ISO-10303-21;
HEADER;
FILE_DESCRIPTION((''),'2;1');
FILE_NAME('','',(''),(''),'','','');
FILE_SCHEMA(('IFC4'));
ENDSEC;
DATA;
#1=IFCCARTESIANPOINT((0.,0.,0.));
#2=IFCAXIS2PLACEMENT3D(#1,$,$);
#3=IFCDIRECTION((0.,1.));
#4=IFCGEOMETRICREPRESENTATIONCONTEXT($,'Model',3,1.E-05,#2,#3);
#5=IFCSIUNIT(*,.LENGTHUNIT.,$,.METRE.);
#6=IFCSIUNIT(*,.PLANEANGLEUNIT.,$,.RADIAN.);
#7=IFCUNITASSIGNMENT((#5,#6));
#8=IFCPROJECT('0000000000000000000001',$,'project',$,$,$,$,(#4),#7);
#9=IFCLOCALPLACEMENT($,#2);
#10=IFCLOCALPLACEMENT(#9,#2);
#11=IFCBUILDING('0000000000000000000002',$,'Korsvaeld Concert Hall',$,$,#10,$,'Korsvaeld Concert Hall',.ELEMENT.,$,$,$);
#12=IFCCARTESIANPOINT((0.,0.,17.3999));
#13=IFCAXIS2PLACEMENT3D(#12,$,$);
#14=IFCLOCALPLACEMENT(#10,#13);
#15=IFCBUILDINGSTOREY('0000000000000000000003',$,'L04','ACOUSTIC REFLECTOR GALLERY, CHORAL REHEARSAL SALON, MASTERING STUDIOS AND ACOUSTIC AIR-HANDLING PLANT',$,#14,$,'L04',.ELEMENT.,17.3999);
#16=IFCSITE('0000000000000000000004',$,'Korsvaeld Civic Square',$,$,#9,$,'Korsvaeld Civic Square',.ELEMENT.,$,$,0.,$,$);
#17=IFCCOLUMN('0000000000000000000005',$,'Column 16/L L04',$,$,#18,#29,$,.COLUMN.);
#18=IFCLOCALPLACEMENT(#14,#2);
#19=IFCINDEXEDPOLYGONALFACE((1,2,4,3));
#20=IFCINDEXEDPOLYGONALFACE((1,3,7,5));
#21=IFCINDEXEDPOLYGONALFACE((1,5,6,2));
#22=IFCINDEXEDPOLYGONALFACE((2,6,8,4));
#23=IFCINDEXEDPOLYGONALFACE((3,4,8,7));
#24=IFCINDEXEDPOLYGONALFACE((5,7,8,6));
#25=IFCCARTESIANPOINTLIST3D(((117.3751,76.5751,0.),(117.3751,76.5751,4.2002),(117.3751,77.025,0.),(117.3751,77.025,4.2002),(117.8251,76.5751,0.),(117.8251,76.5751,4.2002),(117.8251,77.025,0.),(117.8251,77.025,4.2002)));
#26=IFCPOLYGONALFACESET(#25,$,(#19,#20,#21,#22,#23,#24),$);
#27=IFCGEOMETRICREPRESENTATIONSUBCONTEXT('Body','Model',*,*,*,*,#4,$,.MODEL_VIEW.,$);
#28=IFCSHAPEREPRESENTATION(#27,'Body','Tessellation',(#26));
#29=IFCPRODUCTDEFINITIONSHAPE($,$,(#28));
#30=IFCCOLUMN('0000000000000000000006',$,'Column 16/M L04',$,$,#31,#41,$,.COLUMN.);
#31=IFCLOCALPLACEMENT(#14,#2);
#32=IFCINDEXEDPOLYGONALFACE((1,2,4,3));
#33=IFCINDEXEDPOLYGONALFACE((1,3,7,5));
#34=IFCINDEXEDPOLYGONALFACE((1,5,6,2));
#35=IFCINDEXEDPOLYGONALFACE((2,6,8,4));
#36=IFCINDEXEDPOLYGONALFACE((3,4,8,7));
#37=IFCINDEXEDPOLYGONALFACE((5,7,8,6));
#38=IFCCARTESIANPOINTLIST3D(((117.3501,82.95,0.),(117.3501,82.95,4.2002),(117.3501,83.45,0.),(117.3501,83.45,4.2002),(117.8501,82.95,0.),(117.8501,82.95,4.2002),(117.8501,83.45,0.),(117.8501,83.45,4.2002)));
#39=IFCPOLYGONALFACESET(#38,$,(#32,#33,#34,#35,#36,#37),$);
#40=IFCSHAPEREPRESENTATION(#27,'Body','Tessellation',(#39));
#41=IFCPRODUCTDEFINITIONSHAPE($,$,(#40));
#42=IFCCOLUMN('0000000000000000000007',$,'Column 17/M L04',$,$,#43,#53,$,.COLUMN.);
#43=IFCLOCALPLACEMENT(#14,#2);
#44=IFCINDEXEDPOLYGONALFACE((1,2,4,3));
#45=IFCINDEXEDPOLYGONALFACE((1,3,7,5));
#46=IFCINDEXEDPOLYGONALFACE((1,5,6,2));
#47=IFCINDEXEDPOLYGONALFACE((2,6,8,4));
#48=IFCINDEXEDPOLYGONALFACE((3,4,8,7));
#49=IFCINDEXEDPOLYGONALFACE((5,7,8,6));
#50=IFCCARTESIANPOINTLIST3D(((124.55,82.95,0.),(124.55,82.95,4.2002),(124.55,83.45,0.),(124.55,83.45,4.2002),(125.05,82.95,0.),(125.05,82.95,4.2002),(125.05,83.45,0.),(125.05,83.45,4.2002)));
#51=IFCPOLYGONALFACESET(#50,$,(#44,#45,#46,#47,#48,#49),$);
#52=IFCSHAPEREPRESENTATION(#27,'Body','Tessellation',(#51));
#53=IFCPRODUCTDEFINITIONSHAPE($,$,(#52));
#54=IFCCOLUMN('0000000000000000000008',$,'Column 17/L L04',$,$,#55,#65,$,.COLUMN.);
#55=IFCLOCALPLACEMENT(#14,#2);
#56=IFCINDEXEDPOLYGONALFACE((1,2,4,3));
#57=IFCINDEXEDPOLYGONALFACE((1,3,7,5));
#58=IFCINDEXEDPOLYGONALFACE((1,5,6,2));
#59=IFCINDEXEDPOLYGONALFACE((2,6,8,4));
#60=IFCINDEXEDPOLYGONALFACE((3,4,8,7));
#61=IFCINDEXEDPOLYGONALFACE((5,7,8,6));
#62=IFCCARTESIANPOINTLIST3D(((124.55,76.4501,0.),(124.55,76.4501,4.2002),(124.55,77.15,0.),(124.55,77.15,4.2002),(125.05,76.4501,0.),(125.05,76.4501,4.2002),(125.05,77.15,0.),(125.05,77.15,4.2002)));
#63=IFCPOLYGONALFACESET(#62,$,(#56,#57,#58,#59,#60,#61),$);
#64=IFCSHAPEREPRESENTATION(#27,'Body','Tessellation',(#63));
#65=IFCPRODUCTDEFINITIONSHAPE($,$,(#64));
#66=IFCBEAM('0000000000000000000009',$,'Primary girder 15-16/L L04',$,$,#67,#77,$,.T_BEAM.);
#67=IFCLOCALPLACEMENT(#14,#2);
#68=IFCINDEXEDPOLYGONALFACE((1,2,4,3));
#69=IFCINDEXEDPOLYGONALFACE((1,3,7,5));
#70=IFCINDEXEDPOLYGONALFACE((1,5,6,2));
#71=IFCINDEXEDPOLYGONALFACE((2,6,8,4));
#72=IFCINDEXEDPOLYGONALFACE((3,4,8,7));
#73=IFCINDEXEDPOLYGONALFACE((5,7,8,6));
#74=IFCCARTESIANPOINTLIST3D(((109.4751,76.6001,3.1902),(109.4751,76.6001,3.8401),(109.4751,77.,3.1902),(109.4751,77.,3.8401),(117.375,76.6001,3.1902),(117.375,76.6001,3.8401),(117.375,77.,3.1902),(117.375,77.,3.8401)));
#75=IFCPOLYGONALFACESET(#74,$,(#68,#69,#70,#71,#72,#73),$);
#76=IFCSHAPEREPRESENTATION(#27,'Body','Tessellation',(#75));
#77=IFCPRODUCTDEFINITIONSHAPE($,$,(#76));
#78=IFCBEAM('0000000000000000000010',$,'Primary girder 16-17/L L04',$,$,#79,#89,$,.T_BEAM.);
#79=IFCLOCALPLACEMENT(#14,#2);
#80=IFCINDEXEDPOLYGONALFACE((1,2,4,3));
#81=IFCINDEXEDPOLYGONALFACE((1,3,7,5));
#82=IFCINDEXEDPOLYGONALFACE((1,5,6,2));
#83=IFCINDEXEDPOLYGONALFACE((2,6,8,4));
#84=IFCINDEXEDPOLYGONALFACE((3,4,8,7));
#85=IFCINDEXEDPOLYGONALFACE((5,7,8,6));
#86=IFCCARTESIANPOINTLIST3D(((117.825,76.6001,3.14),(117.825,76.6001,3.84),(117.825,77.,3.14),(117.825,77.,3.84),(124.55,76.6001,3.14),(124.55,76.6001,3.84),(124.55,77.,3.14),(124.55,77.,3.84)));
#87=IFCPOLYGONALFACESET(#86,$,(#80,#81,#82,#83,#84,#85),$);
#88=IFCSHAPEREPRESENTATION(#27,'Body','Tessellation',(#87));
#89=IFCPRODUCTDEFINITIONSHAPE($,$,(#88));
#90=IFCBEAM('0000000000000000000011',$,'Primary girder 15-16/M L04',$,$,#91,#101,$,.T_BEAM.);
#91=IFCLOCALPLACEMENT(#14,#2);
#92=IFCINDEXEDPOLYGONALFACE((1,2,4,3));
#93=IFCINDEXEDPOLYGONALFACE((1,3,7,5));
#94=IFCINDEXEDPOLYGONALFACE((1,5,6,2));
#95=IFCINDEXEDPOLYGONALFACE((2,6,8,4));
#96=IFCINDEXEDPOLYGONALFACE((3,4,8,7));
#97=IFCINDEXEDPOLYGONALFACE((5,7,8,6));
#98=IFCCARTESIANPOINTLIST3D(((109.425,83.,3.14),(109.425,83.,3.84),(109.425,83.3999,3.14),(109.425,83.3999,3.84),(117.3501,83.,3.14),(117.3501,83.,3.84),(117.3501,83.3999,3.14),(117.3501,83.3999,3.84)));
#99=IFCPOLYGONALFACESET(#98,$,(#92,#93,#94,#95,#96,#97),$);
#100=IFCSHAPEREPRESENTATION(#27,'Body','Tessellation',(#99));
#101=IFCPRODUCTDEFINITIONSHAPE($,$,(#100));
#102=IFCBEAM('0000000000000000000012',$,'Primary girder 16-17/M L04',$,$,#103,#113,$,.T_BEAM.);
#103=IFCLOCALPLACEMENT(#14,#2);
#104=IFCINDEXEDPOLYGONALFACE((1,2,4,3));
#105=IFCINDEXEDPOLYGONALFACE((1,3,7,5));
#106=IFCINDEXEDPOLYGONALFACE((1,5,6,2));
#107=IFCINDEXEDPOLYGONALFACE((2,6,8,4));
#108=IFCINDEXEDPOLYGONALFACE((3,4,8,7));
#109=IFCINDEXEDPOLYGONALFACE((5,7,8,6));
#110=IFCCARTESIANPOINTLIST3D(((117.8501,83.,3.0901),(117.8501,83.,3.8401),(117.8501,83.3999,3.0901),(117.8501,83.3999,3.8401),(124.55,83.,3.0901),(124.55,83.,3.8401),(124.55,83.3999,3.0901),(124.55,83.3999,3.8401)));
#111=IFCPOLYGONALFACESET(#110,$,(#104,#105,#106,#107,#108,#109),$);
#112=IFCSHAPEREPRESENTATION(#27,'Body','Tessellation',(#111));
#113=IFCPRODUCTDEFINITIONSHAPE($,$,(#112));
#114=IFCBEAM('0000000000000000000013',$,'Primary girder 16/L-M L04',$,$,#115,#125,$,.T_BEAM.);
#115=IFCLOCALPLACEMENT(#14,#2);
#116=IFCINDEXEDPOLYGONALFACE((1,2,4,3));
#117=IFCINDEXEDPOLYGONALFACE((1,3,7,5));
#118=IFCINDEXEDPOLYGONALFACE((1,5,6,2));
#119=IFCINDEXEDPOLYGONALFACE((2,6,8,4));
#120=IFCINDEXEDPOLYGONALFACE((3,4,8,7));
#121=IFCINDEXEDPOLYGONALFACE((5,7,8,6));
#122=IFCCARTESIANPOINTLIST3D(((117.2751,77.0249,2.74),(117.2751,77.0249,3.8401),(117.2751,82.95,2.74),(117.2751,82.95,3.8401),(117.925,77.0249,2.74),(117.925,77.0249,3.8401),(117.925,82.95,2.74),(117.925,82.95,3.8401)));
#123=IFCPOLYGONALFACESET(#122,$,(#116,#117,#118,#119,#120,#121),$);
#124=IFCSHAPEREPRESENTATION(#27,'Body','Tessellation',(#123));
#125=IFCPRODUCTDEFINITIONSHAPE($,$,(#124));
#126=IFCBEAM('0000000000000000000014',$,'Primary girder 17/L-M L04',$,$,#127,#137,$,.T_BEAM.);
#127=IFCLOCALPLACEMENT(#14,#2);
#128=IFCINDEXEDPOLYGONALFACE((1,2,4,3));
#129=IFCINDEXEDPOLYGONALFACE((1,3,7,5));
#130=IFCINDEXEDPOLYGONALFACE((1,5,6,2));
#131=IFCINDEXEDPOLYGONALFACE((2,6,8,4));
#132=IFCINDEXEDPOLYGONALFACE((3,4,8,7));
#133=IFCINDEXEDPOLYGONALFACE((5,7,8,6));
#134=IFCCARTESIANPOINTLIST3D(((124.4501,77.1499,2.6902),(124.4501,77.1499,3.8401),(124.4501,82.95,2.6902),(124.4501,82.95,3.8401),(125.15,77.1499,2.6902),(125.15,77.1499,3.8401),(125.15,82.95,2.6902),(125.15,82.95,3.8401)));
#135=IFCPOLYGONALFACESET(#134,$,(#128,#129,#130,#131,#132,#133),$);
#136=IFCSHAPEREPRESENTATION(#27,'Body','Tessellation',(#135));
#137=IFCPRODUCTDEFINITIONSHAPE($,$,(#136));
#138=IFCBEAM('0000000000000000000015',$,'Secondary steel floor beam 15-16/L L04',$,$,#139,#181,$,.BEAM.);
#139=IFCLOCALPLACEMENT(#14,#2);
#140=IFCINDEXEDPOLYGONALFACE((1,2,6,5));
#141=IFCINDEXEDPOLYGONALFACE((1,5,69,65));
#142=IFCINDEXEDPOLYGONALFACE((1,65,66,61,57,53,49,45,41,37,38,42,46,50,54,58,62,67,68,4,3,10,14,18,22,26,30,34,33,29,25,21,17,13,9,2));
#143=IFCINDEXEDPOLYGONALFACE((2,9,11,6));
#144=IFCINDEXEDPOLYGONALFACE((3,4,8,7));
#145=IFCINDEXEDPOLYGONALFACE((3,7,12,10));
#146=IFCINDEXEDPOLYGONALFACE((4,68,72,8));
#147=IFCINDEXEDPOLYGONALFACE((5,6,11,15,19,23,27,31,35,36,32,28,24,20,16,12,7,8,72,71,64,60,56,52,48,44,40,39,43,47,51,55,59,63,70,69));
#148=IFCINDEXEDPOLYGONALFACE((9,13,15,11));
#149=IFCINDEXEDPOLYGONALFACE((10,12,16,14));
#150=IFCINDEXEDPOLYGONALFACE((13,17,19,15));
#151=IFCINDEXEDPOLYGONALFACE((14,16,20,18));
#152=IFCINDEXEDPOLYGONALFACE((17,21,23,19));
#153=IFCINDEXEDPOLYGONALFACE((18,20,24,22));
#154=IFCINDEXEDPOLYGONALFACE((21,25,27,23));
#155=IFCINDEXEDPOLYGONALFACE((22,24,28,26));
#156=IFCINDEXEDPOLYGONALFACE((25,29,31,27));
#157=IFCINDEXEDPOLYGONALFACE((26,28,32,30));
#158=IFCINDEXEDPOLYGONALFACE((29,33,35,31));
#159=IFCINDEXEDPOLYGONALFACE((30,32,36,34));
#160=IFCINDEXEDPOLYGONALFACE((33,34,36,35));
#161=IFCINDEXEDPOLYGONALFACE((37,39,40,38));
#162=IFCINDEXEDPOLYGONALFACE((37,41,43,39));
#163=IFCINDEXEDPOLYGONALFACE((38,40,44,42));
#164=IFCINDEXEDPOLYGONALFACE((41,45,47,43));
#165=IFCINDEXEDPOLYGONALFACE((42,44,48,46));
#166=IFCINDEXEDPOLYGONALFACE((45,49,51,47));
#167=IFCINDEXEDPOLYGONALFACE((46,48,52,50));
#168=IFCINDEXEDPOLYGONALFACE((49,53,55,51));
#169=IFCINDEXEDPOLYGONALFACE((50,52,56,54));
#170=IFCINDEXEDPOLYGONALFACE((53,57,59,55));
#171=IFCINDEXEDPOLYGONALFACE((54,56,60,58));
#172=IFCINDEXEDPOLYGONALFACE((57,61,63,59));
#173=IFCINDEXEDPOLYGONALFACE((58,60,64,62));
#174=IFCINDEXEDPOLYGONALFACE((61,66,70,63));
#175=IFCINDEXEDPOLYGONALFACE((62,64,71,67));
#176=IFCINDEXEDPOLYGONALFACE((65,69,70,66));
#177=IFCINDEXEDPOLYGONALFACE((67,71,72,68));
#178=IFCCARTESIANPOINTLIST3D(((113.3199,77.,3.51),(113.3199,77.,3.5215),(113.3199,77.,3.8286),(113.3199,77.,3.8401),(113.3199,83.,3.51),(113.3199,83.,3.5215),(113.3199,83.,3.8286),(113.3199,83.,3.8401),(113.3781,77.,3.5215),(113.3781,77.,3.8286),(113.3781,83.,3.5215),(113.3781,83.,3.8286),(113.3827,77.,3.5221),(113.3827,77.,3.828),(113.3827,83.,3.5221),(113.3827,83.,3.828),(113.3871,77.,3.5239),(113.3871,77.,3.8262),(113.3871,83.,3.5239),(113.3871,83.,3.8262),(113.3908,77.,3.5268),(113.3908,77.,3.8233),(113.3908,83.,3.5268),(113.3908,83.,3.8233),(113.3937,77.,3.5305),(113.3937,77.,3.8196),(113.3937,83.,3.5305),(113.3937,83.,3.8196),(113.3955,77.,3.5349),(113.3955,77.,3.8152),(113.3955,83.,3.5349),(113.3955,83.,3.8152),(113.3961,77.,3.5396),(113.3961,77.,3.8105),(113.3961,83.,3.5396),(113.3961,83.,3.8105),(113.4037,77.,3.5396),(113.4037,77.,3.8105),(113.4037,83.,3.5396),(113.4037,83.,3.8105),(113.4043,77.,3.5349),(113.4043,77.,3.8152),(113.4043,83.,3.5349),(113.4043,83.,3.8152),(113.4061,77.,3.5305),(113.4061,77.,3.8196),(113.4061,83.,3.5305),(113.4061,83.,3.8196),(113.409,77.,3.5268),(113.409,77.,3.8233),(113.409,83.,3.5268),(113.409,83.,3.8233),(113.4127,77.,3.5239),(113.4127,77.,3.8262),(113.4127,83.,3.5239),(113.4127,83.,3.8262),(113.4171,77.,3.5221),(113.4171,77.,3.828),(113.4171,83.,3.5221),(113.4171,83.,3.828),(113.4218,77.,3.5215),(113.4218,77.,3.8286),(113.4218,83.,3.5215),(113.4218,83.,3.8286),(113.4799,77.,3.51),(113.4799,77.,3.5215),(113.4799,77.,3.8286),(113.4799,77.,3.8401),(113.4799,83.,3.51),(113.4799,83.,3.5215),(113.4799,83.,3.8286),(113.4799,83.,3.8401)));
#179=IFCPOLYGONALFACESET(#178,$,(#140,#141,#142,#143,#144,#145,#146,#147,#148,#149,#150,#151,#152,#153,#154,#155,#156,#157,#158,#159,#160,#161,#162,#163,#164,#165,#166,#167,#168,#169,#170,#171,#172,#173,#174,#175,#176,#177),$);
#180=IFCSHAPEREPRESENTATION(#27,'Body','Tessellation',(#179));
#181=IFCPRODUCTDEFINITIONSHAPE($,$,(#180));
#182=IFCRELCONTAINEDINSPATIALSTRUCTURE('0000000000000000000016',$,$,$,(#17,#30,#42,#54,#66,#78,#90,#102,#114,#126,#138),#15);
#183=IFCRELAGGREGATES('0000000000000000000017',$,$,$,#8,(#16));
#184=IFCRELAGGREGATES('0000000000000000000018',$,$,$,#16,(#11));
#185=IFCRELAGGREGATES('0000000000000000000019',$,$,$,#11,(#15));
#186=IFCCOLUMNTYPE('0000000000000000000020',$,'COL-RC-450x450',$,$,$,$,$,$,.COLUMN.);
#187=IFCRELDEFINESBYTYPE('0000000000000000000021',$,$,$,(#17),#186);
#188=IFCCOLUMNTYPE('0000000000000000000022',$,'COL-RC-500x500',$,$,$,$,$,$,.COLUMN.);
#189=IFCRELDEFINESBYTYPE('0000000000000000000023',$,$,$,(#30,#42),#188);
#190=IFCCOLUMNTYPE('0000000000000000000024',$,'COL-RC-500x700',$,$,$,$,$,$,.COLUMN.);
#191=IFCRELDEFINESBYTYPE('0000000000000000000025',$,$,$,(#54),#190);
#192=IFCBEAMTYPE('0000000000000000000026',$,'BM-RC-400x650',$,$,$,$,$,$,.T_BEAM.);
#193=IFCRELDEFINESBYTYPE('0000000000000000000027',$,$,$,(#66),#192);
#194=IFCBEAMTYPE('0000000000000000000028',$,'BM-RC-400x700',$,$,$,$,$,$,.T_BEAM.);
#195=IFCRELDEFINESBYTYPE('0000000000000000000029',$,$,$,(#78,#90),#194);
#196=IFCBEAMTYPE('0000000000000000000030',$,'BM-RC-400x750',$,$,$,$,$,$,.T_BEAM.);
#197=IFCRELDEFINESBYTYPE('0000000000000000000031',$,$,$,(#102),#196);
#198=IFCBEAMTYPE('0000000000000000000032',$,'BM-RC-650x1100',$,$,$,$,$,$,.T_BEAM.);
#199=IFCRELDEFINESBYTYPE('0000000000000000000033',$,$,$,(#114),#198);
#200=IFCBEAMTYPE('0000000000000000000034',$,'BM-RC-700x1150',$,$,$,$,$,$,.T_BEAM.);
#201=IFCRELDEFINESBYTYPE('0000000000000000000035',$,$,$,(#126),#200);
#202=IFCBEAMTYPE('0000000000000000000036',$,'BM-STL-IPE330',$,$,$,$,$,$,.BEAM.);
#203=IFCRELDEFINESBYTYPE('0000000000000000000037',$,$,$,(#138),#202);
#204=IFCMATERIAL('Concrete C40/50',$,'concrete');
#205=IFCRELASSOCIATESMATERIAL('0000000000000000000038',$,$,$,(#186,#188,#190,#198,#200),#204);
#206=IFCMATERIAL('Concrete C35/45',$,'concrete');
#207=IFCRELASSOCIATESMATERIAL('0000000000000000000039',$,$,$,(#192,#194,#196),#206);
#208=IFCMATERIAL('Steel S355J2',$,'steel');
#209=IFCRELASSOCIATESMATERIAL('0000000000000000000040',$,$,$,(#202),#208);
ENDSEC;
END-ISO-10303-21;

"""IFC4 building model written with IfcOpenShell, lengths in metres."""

from ifc_helpers import new_model, si_unit, direction, frame, origin, origin_2d, place, context, subcontext, project, spatial, rectangle, i_section, extrude, material, material_profile, profile_set, type_object, element, save


model = new_model("IFC4")

# Units and contexts
model_context = context("Model", 3, precision=1e-05, world=origin(), true_north=direction((0.0, 1.0)))
body_context = subcontext(model_context, "Body", "Model", "MODEL_VIEW")
ifc_project = project(units=[si_unit("LENGTHUNIT", "METRE"), si_unit("PLANEANGLEUNIT", "RADIAN")], contexts=[model_context])

# Site, building, storey
site_placement = place(None, origin())
site = spatial("IfcSite", under=ifc_project, at=site_placement, Name="Korsvaeld Civic Square", LongName="Korsvaeld Civic Square", CompositionType="ELEMENT", RefElevation=0.0)
building_placement = place(site_placement, origin())
building = spatial("IfcBuilding", under=site, at=building_placement, Name="Korsvaeld Concert Hall", LongName="Korsvaeld Concert Hall", CompositionType="ELEMENT")
storey_placement = place(building_placement, frame((0.0, 0.0, 17.3999)))
storey = spatial("IfcBuildingStorey", under=building, at=storey_placement, Name="L04", Description="ACOUSTIC REFLECTOR GALLERY, CHORAL REHEARSAL SALON, MASTERING STUDIOS AND ACOUSTIC AIR-HANDLING PLANT", LongName="L04", CompositionType="ELEMENT", Elevation=17.3999)

# Columns
ifc_material_1 = material(Name="Concrete C40/50", Category="concrete")
ifc_material_profile_1 = material_profile(ifc_material_1, rectangle(XDim=0.45, YDim=0.45, at=origin_2d()), Name="RC 450x450")
ifc_profile_set_1 = profile_set([ifc_material_profile_1], Name="Concrete C40/50")
column_type_1 = type_object("IfcColumnType", Name="COL-RC-450x450", PredefinedType="COLUMN", material=ifc_profile_set_1)
column_1_placement = place(storey_placement, frame((117.6001, 76.8, 0.0), z_axis=(0.0, 0.0, 1.0), x_axis=(1.0, 0.0, 0.0)))
element("IfcColumn", 1, at=column_1_placement, inside=storey, type_object=column_type_1, Name="Column 16/L L04", PredefinedType="COLUMN", context=body_context, shape_type="SweptSolid", body=[
    extrude(rectangle(XDim=0.45, YDim=0.45, at=origin_2d()), origin(), (0.0, 0.0, 1.0), 4.2002),
])
ifc_material_profile_2 = material_profile(ifc_material_1, rectangle(XDim=0.5, YDim=0.5, at=origin_2d()), Name="RC 500x500")
ifc_profile_set_2 = profile_set([ifc_material_profile_2], Name="Concrete C40/50")
column_type_2 = type_object("IfcColumnType", Name="COL-RC-500x500", PredefinedType="COLUMN", material=ifc_profile_set_2)
for number, where, z_axis, x_axis, name in (
    (2, (117.6001, 83.2, 0.0), (0.0, 0.0, 1.0), (1.0, 0.0, 0.0), "Column 16/M L04"),
    (3, (124.8, 83.2, 0.0), (0.0, 0.0, 1.0), (1.0, 0.0, 0.0), "Column 17/M L04"),
):
    element("IfcColumn", number, at=place(storey_placement, frame(where, z_axis=z_axis, x_axis=x_axis)), inside=storey, type_object=column_type_2, Name=name, PredefinedType="COLUMN", context=body_context, shape_type="SweptSolid", body=[
        extrude(rectangle(XDim=0.5, YDim=0.5, at=origin_2d()), origin(), (0.0, 0.0, 1.0), 4.2002),
    ])
ifc_material_profile_3 = material_profile(ifc_material_1, rectangle(XDim=0.5, YDim=0.7, at=origin_2d()), Name="RC 500x700")
ifc_profile_set_3 = profile_set([ifc_material_profile_3], Name="Concrete C40/50")
column_type_3 = type_object("IfcColumnType", Name="COL-RC-500x700", PredefinedType="COLUMN", material=ifc_profile_set_3)
column_2_placement = place(storey_placement, frame((124.8, 76.8, 0.0), z_axis=(0.0, 0.0, 1.0), x_axis=(1.0, 0.0, 0.0)))
element("IfcColumn", 4, at=column_2_placement, inside=storey, type_object=column_type_3, Name="Column 17/L L04", PredefinedType="COLUMN", context=body_context, shape_type="SweptSolid", body=[
    extrude(rectangle(XDim=0.5, YDim=0.7, at=origin_2d()), origin(), (0.0, 0.0, 1.0), 4.2002),
])

# Beams
ifc_material_2 = material(Name="Concrete C35/45", Category="concrete")
ifc_material_profile_4 = material_profile(ifc_material_2, rectangle(XDim=0.3999, YDim=0.6499, at=origin_2d()), Name="RC 400x650")
ifc_profile_set_4 = profile_set([ifc_material_profile_4], Name="Concrete C35/45")
beam_type_1 = type_object("IfcBeamType", Name="BM-RC-400x650", PredefinedType="T_BEAM", material=ifc_profile_set_4)
beam_1_placement = place(storey_placement, frame((109.4751, 76.8, 3.5151), z_axis=(1.0, 0.0, 0.0), x_axis=(0.0, 1.0, 0.0)))
element("IfcBeam", 5, at=beam_1_placement, inside=storey, type_object=beam_type_1, Name="Primary girder 15-16/L L04", PredefinedType="T_BEAM", context=body_context, shape_type="SweptSolid", body=[
    extrude(rectangle(XDim=0.3999, YDim=0.6499, at=origin_2d()), origin(), (0.0, 0.0, 1.0), 7.8999),
])
ifc_material_profile_5 = material_profile(ifc_material_2, rectangle(XDim=0.3999, YDim=0.7, at=origin_2d()), Name="RC 400x700")
ifc_profile_set_5 = profile_set([ifc_material_profile_5], Name="Concrete C35/45")
beam_type_2 = type_object("IfcBeamType", Name="BM-RC-400x700", PredefinedType="T_BEAM", material=ifc_profile_set_5)
beam_2_placement = place(storey_placement, frame((117.825, 76.8, 3.49), z_axis=(1.0, 0.0, 0.0), x_axis=(0.0, 1.0, 0.0)))
element("IfcBeam", 6, at=beam_2_placement, inside=storey, type_object=beam_type_2, Name="Primary girder 16-17/L L04", PredefinedType="T_BEAM", context=body_context, shape_type="SweptSolid", body=[
    extrude(rectangle(XDim=0.3999, YDim=0.7, at=origin_2d()), origin(), (0.0, 0.0, 1.0), 6.7251),
])
beam_3_placement = place(storey_placement, frame((109.425, 83.2, 3.49), z_axis=(1.0, 0.0, 0.0), x_axis=(0.0, 1.0, 0.0)))
element("IfcBeam", 7, at=beam_3_placement, inside=storey, type_object=beam_type_2, Name="Primary girder 15-16/M L04", PredefinedType="T_BEAM", context=body_context, shape_type="SweptSolid", body=[
    extrude(rectangle(XDim=0.3999, YDim=0.7, at=origin_2d()), origin(), (0.0, 0.0, 1.0), 7.925),
])
ifc_material_profile_6 = material_profile(ifc_material_2, rectangle(XDim=0.3999, YDim=0.75, at=origin_2d()), Name="RC 400x750")
ifc_profile_set_6 = profile_set([ifc_material_profile_6], Name="Concrete C35/45")
beam_type_3 = type_object("IfcBeamType", Name="BM-RC-400x750", PredefinedType="T_BEAM", material=ifc_profile_set_6)
beam_4_placement = place(storey_placement, frame((117.8501, 83.2, 3.4651), z_axis=(1.0, 0.0, 0.0), x_axis=(0.0, 1.0, 0.0)))
element("IfcBeam", 8, at=beam_4_placement, inside=storey, type_object=beam_type_3, Name="Primary girder 16-17/M L04", PredefinedType="T_BEAM", context=body_context, shape_type="SweptSolid", body=[
    extrude(rectangle(XDim=0.3999, YDim=0.75, at=origin_2d()), origin(), (0.0, 0.0, 1.0), 6.7),
])
ifc_material_profile_7 = material_profile(ifc_material_1, rectangle(XDim=0.6499, YDim=1.1001, at=origin_2d()), Name="RC 650x1100")
ifc_profile_set_7 = profile_set([ifc_material_profile_7], Name="Concrete C40/50")
beam_type_4 = type_object("IfcBeamType", Name="BM-RC-650x1100", PredefinedType="T_BEAM", material=ifc_profile_set_7)
beam_5_placement = place(storey_placement, frame((117.6001, 77.0249, 3.29), z_axis=(0.0, 1.0, 0.0), x_axis=(-1.0, 0.0, 0.0)))
element("IfcBeam", 9, at=beam_5_placement, inside=storey, type_object=beam_type_4, Name="Primary girder 16/L-M L04", PredefinedType="T_BEAM", context=body_context, shape_type="SweptSolid", body=[
    extrude(rectangle(XDim=0.6499, YDim=1.1001, at=origin_2d()), origin(), (0.0, 0.0, 1.0), 5.925),
])
ifc_material_profile_8 = material_profile(ifc_material_1, rectangle(XDim=0.7, YDim=1.1499, at=origin_2d()), Name="RC 700x1150")
ifc_profile_set_8 = profile_set([ifc_material_profile_8], Name="Concrete C40/50")
beam_type_5 = type_object("IfcBeamType", Name="BM-RC-700x1150", PredefinedType="T_BEAM", material=ifc_profile_set_8)
beam_6_placement = place(storey_placement, frame((124.8, 77.1499, 3.2651), z_axis=(0.0, 1.0, 0.0), x_axis=(-1.0, 0.0, 0.0)))
element("IfcBeam", 10, at=beam_6_placement, inside=storey, type_object=beam_type_5, Name="Primary girder 17/L-M L04", PredefinedType="T_BEAM", context=body_context, shape_type="SweptSolid", body=[
    extrude(rectangle(XDim=0.7, YDim=1.1499, at=origin_2d()), origin(), (0.0, 0.0, 1.0), 5.8),
])
ifc_material_3 = material(Name="Steel S355J2", Category="steel")
ifc_material_profile_9 = material_profile(ifc_material_3, i_section(OverallWidth=0.1599, OverallDepth=0.3301, WebThickness=0.0076, FlangeThickness=0.0115, FilletRadius=0.0181, at=origin_2d()), Name="IPE 330")
ifc_profile_set_9 = profile_set([ifc_material_profile_9], Name="Steel S355J2")
beam_type_6 = type_object("IfcBeamType", Name="BM-STL-IPE330", PredefinedType="BEAM", material=ifc_profile_set_9)
beam_7_placement = place(storey_placement, frame((113.3999, 77.0, 3.675), z_axis=(0.0, 1.0, 0.0), x_axis=(-1.0, 0.0, 0.0)))
element("IfcBeam", 11, at=beam_7_placement, inside=storey, type_object=beam_type_6, Name="Secondary steel floor beam 15-16/L L04", PredefinedType="BEAM", context=body_context, shape_type="SweptSolid", body=[
    extrude(i_section(OverallWidth=0.1599, OverallDepth=0.3301, WebThickness=0.0076, FlangeThickness=0.0115, FilletRadius=0.0181, at=origin_2d()), origin(), (0.0, 0.0, 1.0), 6.0),
])

save(model, "model.ifc")
